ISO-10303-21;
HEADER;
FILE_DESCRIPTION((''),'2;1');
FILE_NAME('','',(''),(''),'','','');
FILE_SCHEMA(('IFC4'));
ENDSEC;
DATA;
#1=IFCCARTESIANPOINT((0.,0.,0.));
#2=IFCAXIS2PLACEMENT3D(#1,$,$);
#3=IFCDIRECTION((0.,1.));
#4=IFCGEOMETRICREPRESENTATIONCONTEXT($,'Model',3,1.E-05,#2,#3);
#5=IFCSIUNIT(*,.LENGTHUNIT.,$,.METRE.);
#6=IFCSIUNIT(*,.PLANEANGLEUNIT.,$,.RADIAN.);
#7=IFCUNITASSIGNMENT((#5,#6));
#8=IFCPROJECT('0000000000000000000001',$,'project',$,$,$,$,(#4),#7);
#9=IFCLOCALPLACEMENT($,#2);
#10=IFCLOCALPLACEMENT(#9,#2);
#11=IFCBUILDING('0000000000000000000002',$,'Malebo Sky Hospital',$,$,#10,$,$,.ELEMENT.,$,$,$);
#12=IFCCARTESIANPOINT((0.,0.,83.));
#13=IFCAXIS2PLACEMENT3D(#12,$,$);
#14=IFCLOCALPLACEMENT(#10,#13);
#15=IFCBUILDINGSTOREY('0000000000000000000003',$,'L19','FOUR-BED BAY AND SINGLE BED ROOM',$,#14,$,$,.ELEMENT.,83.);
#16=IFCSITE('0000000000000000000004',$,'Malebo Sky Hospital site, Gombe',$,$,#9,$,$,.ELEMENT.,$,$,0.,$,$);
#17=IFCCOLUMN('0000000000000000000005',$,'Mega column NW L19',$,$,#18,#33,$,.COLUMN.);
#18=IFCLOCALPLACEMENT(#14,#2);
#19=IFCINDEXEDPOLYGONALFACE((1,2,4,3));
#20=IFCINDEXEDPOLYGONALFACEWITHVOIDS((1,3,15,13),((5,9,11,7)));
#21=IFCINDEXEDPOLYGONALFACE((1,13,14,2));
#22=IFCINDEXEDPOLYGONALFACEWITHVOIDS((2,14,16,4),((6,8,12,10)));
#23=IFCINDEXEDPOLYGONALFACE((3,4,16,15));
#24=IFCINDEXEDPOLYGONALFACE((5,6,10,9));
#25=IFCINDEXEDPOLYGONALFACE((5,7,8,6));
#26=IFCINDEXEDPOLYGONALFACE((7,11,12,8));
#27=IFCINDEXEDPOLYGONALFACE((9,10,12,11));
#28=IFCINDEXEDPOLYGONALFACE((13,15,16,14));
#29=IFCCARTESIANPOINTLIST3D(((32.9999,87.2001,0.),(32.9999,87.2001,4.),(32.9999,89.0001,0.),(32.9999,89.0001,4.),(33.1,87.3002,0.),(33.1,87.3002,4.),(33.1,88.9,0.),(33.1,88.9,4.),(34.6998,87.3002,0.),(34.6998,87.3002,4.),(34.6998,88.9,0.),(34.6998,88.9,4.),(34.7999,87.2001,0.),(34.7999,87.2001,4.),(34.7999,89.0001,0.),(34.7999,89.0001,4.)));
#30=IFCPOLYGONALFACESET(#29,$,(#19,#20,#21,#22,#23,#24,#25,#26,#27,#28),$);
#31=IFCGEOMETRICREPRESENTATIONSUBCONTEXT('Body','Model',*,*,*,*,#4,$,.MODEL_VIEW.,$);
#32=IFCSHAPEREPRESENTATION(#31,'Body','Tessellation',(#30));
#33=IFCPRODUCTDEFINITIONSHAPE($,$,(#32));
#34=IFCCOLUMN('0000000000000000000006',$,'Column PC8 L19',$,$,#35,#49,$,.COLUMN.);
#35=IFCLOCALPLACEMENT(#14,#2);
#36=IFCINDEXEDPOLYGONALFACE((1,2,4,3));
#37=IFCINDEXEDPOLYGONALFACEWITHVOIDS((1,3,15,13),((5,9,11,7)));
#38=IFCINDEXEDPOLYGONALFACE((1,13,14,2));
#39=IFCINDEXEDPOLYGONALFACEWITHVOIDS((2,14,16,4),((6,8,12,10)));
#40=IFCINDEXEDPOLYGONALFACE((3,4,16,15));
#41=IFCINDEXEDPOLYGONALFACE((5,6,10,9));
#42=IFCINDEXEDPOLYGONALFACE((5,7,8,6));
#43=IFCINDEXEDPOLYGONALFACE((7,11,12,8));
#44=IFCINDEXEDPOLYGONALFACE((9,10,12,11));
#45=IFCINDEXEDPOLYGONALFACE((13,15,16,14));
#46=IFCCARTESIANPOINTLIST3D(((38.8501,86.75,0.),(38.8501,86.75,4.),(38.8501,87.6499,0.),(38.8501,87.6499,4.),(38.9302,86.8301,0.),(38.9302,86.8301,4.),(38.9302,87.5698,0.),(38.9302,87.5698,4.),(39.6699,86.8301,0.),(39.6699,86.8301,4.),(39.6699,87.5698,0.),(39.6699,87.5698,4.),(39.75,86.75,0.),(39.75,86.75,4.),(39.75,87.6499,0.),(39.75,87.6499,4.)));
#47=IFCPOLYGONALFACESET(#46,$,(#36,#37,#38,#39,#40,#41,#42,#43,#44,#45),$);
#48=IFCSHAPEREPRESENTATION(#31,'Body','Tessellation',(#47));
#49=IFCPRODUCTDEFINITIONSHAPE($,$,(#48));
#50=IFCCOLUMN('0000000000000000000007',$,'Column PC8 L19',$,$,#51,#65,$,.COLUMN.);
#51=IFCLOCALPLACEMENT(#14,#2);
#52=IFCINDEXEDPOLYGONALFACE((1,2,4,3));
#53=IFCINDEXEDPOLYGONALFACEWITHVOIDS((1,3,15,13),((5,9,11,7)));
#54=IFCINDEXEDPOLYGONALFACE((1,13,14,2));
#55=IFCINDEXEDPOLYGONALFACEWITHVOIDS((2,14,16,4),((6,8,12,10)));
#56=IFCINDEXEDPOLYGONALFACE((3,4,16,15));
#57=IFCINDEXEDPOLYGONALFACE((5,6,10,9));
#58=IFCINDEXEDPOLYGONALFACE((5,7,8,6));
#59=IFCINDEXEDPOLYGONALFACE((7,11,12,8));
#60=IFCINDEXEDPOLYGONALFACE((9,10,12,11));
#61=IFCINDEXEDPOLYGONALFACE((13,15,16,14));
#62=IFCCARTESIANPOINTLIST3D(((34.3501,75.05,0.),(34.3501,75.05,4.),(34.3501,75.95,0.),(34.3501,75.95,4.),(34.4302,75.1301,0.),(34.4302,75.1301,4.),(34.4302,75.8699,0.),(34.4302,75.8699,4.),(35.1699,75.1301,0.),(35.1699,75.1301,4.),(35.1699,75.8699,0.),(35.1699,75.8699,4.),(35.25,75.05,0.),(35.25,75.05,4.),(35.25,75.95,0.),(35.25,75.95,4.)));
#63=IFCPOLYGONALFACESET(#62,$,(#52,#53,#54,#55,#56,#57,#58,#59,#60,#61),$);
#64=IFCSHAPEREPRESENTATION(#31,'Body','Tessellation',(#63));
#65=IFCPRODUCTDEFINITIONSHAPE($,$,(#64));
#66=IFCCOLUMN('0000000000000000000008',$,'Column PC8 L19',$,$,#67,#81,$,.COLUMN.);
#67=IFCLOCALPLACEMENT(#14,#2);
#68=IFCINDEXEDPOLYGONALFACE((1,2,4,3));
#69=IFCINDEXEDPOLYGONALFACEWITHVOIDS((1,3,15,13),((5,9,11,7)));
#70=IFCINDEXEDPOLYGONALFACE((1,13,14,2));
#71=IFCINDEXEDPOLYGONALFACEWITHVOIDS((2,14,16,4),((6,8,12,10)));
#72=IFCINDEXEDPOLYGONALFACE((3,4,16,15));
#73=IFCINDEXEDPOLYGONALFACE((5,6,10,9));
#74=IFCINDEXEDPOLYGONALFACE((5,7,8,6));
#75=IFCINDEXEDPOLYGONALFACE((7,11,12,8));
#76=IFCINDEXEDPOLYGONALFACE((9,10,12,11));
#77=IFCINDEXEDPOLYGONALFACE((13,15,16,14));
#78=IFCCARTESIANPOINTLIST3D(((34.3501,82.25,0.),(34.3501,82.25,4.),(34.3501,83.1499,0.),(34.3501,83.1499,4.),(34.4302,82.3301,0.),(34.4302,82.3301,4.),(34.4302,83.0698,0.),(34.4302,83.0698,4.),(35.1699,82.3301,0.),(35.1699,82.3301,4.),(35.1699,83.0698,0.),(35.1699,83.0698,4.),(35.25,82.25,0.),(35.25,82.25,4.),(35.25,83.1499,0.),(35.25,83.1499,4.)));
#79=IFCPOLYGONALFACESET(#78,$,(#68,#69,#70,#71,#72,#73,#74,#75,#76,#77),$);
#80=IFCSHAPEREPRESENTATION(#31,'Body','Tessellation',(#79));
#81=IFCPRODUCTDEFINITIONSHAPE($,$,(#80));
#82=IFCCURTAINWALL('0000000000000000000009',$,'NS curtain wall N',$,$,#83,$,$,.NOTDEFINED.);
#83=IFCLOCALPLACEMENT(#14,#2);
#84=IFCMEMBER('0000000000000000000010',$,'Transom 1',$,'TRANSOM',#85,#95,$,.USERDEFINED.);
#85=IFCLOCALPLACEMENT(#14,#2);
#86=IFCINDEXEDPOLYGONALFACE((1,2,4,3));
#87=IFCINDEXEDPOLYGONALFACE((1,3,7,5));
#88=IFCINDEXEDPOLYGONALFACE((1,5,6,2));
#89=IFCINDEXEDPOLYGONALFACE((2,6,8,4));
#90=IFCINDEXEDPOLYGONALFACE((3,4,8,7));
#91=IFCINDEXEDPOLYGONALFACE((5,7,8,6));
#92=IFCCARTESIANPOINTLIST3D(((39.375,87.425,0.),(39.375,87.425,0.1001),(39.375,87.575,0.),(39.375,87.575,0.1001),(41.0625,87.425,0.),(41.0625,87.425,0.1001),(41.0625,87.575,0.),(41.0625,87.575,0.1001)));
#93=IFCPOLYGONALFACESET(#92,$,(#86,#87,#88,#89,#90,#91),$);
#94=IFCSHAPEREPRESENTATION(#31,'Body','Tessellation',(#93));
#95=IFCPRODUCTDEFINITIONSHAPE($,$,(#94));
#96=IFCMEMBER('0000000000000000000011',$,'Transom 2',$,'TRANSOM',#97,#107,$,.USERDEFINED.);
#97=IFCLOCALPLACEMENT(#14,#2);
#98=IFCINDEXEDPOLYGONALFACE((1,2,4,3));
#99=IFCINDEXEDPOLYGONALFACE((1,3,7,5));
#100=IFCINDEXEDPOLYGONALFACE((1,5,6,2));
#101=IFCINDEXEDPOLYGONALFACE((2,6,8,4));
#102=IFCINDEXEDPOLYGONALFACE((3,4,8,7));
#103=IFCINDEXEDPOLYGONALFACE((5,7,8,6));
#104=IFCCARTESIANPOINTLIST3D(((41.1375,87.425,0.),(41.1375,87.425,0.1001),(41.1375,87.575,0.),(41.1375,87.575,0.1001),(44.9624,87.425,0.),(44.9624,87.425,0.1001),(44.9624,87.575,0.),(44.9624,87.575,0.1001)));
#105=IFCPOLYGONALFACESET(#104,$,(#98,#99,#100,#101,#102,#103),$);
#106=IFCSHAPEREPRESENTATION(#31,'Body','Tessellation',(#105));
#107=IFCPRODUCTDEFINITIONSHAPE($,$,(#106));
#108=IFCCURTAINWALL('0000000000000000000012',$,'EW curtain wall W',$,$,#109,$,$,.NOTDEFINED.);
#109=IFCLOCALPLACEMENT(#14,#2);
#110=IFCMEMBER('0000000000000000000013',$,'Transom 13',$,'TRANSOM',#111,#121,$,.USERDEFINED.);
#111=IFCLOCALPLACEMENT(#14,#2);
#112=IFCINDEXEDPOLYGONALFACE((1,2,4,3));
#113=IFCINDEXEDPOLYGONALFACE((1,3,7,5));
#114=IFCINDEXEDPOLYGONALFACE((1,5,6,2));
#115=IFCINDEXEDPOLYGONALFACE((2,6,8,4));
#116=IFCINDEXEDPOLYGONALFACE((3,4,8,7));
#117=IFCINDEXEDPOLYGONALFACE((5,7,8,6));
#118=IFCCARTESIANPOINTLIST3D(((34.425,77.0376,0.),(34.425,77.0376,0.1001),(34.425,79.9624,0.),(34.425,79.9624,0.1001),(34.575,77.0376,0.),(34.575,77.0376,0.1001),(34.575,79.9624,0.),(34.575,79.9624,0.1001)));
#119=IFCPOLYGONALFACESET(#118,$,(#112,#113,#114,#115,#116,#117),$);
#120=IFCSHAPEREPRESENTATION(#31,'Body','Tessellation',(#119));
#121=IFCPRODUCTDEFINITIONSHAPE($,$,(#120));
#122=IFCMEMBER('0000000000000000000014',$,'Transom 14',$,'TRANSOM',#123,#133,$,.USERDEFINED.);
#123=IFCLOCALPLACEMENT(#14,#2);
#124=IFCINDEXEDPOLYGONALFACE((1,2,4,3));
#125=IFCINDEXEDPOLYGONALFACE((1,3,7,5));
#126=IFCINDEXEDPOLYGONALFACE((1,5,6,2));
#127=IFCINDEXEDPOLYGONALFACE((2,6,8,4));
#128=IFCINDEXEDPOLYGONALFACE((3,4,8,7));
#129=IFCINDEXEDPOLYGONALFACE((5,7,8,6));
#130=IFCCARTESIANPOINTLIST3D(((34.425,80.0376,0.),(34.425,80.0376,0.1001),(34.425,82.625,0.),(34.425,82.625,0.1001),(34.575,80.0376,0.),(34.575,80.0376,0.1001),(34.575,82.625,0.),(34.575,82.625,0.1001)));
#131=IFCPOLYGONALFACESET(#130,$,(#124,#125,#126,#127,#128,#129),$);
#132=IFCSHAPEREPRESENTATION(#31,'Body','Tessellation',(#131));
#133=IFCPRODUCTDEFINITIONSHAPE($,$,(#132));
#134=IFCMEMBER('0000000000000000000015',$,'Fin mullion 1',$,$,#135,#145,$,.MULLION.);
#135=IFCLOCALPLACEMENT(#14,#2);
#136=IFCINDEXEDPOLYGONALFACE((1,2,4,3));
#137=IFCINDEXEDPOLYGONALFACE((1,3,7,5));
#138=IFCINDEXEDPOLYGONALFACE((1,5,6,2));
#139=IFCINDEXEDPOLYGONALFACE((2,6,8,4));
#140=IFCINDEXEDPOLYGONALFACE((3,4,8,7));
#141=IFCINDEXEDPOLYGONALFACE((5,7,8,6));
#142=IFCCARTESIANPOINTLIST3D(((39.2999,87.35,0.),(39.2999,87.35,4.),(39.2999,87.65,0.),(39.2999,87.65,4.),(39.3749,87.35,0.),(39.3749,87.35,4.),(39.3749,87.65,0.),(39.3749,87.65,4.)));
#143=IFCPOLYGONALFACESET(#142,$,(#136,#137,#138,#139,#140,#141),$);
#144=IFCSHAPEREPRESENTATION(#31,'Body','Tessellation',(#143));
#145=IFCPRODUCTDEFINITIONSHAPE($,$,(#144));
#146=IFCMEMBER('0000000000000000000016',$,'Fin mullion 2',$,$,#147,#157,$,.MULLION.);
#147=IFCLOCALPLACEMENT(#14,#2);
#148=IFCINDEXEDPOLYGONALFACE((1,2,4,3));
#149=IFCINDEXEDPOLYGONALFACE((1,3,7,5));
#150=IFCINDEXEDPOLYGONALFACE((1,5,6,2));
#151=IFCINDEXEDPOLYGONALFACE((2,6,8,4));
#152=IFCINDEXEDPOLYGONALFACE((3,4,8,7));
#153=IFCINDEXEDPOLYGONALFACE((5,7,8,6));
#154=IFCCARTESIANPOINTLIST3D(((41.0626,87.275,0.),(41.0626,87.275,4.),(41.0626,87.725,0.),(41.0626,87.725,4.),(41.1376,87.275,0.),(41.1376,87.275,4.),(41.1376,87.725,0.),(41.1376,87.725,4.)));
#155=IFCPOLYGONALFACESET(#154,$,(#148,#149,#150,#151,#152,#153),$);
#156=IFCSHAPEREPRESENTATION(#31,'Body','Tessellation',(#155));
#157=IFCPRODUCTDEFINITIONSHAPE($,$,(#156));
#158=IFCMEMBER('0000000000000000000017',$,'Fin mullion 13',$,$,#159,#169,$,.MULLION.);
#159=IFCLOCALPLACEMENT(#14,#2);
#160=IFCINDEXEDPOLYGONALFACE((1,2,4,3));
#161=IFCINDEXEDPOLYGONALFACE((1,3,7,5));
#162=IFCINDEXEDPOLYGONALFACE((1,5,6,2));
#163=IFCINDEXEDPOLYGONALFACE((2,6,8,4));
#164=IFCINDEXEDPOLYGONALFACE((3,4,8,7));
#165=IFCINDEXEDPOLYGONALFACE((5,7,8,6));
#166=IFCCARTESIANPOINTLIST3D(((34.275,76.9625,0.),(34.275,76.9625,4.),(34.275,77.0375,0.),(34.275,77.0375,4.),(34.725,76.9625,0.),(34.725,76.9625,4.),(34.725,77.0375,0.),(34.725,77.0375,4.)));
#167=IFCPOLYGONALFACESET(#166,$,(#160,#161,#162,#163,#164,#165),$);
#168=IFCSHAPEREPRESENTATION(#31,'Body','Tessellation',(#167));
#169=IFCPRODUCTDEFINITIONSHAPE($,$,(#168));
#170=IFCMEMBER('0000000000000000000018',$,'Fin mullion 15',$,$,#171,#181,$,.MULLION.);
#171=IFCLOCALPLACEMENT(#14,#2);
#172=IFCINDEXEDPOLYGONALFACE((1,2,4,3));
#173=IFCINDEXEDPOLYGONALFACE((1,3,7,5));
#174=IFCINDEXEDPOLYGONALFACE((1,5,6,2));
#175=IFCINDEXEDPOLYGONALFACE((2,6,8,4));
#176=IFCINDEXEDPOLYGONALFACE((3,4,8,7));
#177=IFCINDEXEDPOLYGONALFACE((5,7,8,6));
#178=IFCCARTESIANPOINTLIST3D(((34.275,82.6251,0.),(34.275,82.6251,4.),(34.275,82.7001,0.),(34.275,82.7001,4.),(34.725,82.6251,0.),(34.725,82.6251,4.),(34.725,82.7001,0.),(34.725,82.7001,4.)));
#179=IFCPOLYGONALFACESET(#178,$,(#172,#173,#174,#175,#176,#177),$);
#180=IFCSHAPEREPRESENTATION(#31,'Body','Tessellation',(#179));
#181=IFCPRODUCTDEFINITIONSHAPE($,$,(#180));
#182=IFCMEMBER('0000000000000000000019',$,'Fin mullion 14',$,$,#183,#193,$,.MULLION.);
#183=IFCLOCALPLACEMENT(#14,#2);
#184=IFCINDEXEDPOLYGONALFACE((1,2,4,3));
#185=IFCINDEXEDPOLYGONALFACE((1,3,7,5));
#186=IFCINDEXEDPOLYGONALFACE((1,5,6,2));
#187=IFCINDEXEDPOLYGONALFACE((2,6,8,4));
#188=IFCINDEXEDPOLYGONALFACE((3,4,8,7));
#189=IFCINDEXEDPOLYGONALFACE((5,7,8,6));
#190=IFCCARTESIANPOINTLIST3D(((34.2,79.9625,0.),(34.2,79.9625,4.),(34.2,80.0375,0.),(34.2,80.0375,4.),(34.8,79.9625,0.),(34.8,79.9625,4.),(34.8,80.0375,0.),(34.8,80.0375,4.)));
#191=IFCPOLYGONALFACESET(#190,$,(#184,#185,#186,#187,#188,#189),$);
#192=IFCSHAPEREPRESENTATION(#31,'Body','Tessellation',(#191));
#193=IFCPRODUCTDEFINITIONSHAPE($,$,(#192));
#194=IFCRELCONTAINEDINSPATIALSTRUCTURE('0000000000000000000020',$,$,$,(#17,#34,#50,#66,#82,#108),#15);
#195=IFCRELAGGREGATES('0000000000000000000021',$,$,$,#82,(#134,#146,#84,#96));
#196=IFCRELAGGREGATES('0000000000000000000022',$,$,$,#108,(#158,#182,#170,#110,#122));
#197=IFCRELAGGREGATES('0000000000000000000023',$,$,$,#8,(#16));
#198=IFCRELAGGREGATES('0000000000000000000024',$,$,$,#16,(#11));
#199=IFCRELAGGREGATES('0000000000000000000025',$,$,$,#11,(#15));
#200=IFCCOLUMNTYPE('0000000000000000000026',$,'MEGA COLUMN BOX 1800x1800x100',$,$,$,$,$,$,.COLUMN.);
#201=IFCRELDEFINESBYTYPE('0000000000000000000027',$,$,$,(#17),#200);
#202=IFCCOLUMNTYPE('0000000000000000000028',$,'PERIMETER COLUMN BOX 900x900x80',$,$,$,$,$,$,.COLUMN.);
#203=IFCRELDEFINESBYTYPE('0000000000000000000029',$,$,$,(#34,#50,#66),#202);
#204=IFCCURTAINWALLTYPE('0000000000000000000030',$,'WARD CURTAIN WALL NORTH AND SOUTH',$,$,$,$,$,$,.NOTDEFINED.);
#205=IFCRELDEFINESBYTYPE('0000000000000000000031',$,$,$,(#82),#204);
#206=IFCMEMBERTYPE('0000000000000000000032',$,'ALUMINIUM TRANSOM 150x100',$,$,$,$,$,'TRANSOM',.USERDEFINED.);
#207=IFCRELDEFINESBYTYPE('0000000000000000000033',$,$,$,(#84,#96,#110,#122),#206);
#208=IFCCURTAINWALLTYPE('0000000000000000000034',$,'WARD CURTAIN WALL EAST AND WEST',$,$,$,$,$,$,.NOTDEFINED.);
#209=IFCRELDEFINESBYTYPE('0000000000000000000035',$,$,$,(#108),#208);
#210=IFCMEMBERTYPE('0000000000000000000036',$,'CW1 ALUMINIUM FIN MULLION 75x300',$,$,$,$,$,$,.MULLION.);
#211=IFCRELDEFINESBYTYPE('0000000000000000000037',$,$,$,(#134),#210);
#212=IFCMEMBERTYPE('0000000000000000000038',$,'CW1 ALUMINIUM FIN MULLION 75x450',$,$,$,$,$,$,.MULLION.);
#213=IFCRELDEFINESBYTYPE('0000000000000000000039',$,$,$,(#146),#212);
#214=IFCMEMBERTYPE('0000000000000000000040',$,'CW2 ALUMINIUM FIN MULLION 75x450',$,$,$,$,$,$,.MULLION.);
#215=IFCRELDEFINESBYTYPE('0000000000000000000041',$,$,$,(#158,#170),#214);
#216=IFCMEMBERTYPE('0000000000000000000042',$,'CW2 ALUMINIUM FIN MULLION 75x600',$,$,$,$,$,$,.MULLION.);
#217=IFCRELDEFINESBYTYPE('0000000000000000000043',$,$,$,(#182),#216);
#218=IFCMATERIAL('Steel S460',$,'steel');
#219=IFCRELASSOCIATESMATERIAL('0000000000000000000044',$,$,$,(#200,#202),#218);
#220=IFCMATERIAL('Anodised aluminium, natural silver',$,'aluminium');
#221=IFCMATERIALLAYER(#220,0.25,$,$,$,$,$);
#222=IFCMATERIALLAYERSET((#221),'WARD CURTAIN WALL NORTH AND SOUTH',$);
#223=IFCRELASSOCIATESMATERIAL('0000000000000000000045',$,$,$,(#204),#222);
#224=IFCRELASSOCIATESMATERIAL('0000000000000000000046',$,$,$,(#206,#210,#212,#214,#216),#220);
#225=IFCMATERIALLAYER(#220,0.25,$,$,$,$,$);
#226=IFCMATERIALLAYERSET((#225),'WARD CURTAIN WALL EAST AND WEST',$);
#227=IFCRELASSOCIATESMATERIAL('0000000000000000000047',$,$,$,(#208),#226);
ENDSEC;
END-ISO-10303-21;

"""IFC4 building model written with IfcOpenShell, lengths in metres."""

from ifc_helpers import new_model, si_unit, direction, frame, origin, origin_2d, place, context, subcontext, project, spatial, rectangle, hollow_rectangle, extrude, material, layer, layer_set, material_profile, profile_set, type_object, element, aggregate, save


model = new_model("IFC4")

# Units and contexts
model_context = context("Model", 3, precision=1e-05, world=origin(), true_north=direction((0.0, 1.0)))
body_context = subcontext(model_context, "Body", "Model", "MODEL_VIEW")
ifc_project = project(units=[si_unit("LENGTHUNIT", "METRE"), si_unit("PLANEANGLEUNIT", "RADIAN")], contexts=[model_context])

# Site, building, storey
site_placement = place(None, origin())
site = spatial("IfcSite", under=ifc_project, at=site_placement, Name="Malebo Sky Hospital site, Gombe", CompositionType="ELEMENT", RefElevation=0.0)
building_placement = place(site_placement, origin())
building = spatial("IfcBuilding", under=site, at=building_placement, Name="Malebo Sky Hospital", CompositionType="ELEMENT")
storey_placement = place(building_placement, frame((0.0, 0.0, 83.0)))
storey = spatial("IfcBuildingStorey", under=building, at=storey_placement, Name="L19", Description="FOUR-BED BAY AND SINGLE BED ROOM", CompositionType="ELEMENT", Elevation=83.0)

# Columns
ifc_material_1 = material(Name="Steel S460", Category="steel")
ifc_material_profile_1 = material_profile(ifc_material_1, hollow_rectangle(XDim=1.8, YDim=1.8, WallThickness=0.1001, at=origin_2d()), Name="BOX 1800x1800x100")
ifc_profile_set_1 = profile_set([ifc_material_profile_1], Name="Steel S460")
column_type_1 = type_object("IfcColumnType", Name="MEGA COLUMN BOX 1800x1800x100", PredefinedType="COLUMN", material=ifc_profile_set_1)
column_placement = place(storey_placement, frame((33.8999, 88.1001, 0.0), z_axis=(0.0, 0.0, 1.0), x_axis=(1.0, 0.0, 0.0)))
element("IfcColumn", 1, at=column_placement, inside=storey, type_object=column_type_1, Name="Mega column NW L19", PredefinedType="COLUMN", context=body_context, shape_type="SweptSolid", body=[
    extrude(hollow_rectangle(XDim=1.8, YDim=1.8, WallThickness=0.1001, at=origin_2d()), origin(), (0.0, 0.0, 1.0), 4.0),
])
ifc_material_profile_2 = material_profile(ifc_material_1, hollow_rectangle(XDim=0.8999, YDim=0.8999, WallThickness=0.0801, at=origin_2d()), Name="BOX 900x900x80")
ifc_profile_set_2 = profile_set([ifc_material_profile_2], Name="Steel S460")
column_type_2 = type_object("IfcColumnType", Name="PERIMETER COLUMN BOX 900x900x80", PredefinedType="COLUMN", material=ifc_profile_set_2)
for number, where, z_axis, x_axis, name in (
    (2, (39.3, 87.2, 0.0), (0.0, 0.0, 1.0), (1.0, 0.0, 0.0), "Column PC8 L19"),
    (3, (34.8, 75.5, 0.0), (0.0, 0.0, 1.0), (1.0, 0.0, 0.0), "Column PC8 L19"),
    (4, (34.8, 82.7, 0.0), (0.0, 0.0, 1.0), (1.0, 0.0, 0.0), "Column PC8 L19"),
):
    element("IfcColumn", number, at=place(storey_placement, frame(where, z_axis=z_axis, x_axis=x_axis)), inside=storey, type_object=column_type_2, Name=name, PredefinedType="COLUMN", context=body_context, shape_type="SweptSolid", body=[
        extrude(hollow_rectangle(XDim=0.8999, YDim=0.8999, WallThickness=0.0801, at=origin_2d()), origin(), (0.0, 0.0, 1.0), 4.0),
    ])

# Curtain walls, members
ifc_material_2 = material(Name="Anodised aluminium, natural silver", Category="aluminium")
ifc_layer_1 = layer(ifc_material_2, 0.25)
ifc_layer_set_1 = layer_set([ifc_layer_1], Name="WARD CURTAIN WALL NORTH AND SOUTH")
curtain_wall_type_1 = type_object("IfcCurtainWallType", Name="WARD CURTAIN WALL NORTH AND SOUTH", PredefinedType="NOTDEFINED", material=ifc_layer_set_1)
curtain_wall_1_placement = place(storey_placement, origin())
curtain_wall_1 = element("IfcCurtainWall", 5, at=curtain_wall_1_placement, inside=storey, type_object=curtain_wall_type_1, Name="NS curtain wall N", PredefinedType="NOTDEFINED")
ifc_material_profile_3 = material_profile(ifc_material_2, rectangle(XDim=0.1499, YDim=0.1001, at=origin_2d()), Name="ALUMINIUM TRANSOM 150x100")
ifc_profile_set_3 = profile_set([ifc_material_profile_3], Name="Anodised aluminium, natural silver")
member_type_1 = type_object("IfcMemberType", Name="ALUMINIUM TRANSOM 150x100", ElementType="TRANSOM", PredefinedType="USERDEFINED", material=ifc_profile_set_3)
member_1_placement = place(storey_placement, frame((39.375, 87.5, 0.05), z_axis=(1.0, 0.0, 0.0), x_axis=(0.0, 1.0, 0.0)))
member_1 = element("IfcMember", 6, at=member_1_placement, type_object=member_type_1, Name="Transom 1", ObjectType="TRANSOM", PredefinedType="USERDEFINED", context=body_context, shape_type="SweptSolid", body=[
    extrude(rectangle(XDim=0.1499, YDim=0.1001, at=origin_2d()), origin(), (0.0, 0.0, 1.0), 1.6875),
])
member_2_placement = place(storey_placement, frame((41.1375, 87.5, 0.05), z_axis=(1.0, 0.0, 0.0), x_axis=(0.0, 1.0, 0.0)))
member_2 = element("IfcMember", 7, at=member_2_placement, type_object=member_type_1, Name="Transom 2", ObjectType="TRANSOM", PredefinedType="USERDEFINED", context=body_context, shape_type="SweptSolid", body=[
    extrude(rectangle(XDim=0.1499, YDim=0.1001, at=origin_2d()), origin(), (0.0, 0.0, 1.0), 3.825),
])
ifc_layer_2 = layer(ifc_material_2, 0.25)
ifc_layer_set_2 = layer_set([ifc_layer_2], Name="WARD CURTAIN WALL EAST AND WEST")
curtain_wall_type_2 = type_object("IfcCurtainWallType", Name="WARD CURTAIN WALL EAST AND WEST", PredefinedType="NOTDEFINED", material=ifc_layer_set_2)
curtain_wall_2_placement = place(storey_placement, origin())
curtain_wall_2 = element("IfcCurtainWall", 8, at=curtain_wall_2_placement, inside=storey, type_object=curtain_wall_type_2, Name="EW curtain wall W", PredefinedType="NOTDEFINED")
member_3_placement = place(storey_placement, frame((34.5, 77.0376, 0.05), z_axis=(0.0, 1.0, 0.0), x_axis=(-1.0, 0.0, 0.0)))
member_3 = element("IfcMember", 9, at=member_3_placement, type_object=member_type_1, Name="Transom 13", ObjectType="TRANSOM", PredefinedType="USERDEFINED", context=body_context, shape_type="SweptSolid", body=[
    extrude(rectangle(XDim=0.1499, YDim=0.1001, at=origin_2d()), origin(), (0.0, 0.0, 1.0), 2.9248),
])
member_4_placement = place(storey_placement, frame((34.5, 80.0376, 0.05), z_axis=(0.0, 1.0, 0.0), x_axis=(-1.0, 0.0, 0.0)))
member_4 = element("IfcMember", 10, at=member_4_placement, type_object=member_type_1, Name="Transom 14", ObjectType="TRANSOM", PredefinedType="USERDEFINED", context=body_context, shape_type="SweptSolid", body=[
    extrude(rectangle(XDim=0.1499, YDim=0.1001, at=origin_2d()), origin(), (0.0, 0.0, 1.0), 2.5874),
])

# Members
ifc_material_profile_4 = material_profile(ifc_material_2, rectangle(XDim=0.075, YDim=0.3, at=origin_2d()), Name="CW1 ALUMINIUM FIN MULLION 75x300")
ifc_profile_set_4 = profile_set([ifc_material_profile_4], Name="Anodised aluminium, natural silver")
member_type_2 = type_object("IfcMemberType", Name="CW1 ALUMINIUM FIN MULLION 75x300", PredefinedType="MULLION", material=ifc_profile_set_4)
member_5_placement = place(storey_placement, frame((39.3374, 87.5, 0.0), z_axis=(0.0, 0.0, 1.0), x_axis=(1.0, 0.0, 0.0)))
member_5 = element("IfcMember", 11, at=member_5_placement, type_object=member_type_2, Name="Fin mullion 1", PredefinedType="MULLION", context=body_context, shape_type="SweptSolid", body=[
    extrude(rectangle(XDim=0.075, YDim=0.3, at=origin_2d()), origin(), (0.0, 0.0, 1.0), 4.0),
])
ifc_material_profile_5 = material_profile(ifc_material_2, rectangle(XDim=0.075, YDim=0.45, at=origin_2d()), Name="CW1 ALUMINIUM FIN MULLION 75x450")
ifc_profile_set_5 = profile_set([ifc_material_profile_5], Name="Anodised aluminium, natural silver")
member_type_3 = type_object("IfcMemberType", Name="CW1 ALUMINIUM FIN MULLION 75x450", PredefinedType="MULLION", material=ifc_profile_set_5)
member_6_placement = place(storey_placement, frame((41.1001, 87.5, 0.0), z_axis=(0.0, 0.0, 1.0), x_axis=(1.0, 0.0, 0.0)))
member_6 = element("IfcMember", 12, at=member_6_placement, type_object=member_type_3, Name="Fin mullion 2", PredefinedType="MULLION", context=body_context, shape_type="SweptSolid", body=[
    extrude(rectangle(XDim=0.075, YDim=0.45, at=origin_2d()), origin(), (0.0, 0.0, 1.0), 4.0),
])
ifc_material_profile_6 = material_profile(ifc_material_2, rectangle(XDim=0.075, YDim=0.45, at=origin_2d()), Name="CW2 ALUMINIUM FIN MULLION 75x450")
ifc_profile_set_6 = profile_set([ifc_material_profile_6], Name="Anodised aluminium, natural silver")
member_type_4 = type_object("IfcMemberType", Name="CW2 ALUMINIUM FIN MULLION 75x450", PredefinedType="MULLION", material=ifc_profile_set_6)
member_7_placement = place(storey_placement, frame((34.5, 77.0, 0.0), z_axis=(0.0, 0.0, 1.0), x_axis=(0.0, 1.0, 0.0)))
member_7 = element("IfcMember", 13, at=member_7_placement, type_object=member_type_4, Name="Fin mullion 13", PredefinedType="MULLION", context=body_context, shape_type="SweptSolid", body=[
    extrude(rectangle(XDim=0.075, YDim=0.45, at=origin_2d()), origin(), (0.0, 0.0, 1.0), 4.0),
])
member_8_placement = place(storey_placement, frame((34.5, 82.6626, 0.0), z_axis=(0.0, 0.0, 1.0), x_axis=(0.0, 1.0, 0.0)))
member_8 = element("IfcMember", 14, at=member_8_placement, type_object=member_type_4, Name="Fin mullion 15", PredefinedType="MULLION", context=body_context, shape_type="SweptSolid", body=[
    extrude(rectangle(XDim=0.075, YDim=0.45, at=origin_2d()), origin(), (0.0, 0.0, 1.0), 4.0),
])
ifc_material_profile_7 = material_profile(ifc_material_2, rectangle(XDim=0.075, YDim=0.6001, at=origin_2d()), Name="CW2 ALUMINIUM FIN MULLION 75x600")
ifc_profile_set_7 = profile_set([ifc_material_profile_7], Name="Anodised aluminium, natural silver")
member_type_5 = type_object("IfcMemberType", Name="CW2 ALUMINIUM FIN MULLION 75x600", PredefinedType="MULLION", material=ifc_profile_set_7)
member_9_placement = place(storey_placement, frame((34.5, 80.0, 0.0), z_axis=(0.0, 0.0, 1.0), x_axis=(0.0, 1.0, 0.0)))
member_9 = element("IfcMember", 15, at=member_9_placement, type_object=member_type_5, Name="Fin mullion 14", PredefinedType="MULLION", context=body_context, shape_type="SweptSolid", body=[
    extrude(rectangle(XDim=0.075, YDim=0.6001, at=origin_2d()), origin(), (0.0, 0.0, 1.0), 4.0),
])

aggregate(curtain_wall_1, [member_5, member_6, member_1, member_2])
aggregate(curtain_wall_2, [member_7, member_9, member_8, member_3, member_4])

save(model, "model.ifc")
